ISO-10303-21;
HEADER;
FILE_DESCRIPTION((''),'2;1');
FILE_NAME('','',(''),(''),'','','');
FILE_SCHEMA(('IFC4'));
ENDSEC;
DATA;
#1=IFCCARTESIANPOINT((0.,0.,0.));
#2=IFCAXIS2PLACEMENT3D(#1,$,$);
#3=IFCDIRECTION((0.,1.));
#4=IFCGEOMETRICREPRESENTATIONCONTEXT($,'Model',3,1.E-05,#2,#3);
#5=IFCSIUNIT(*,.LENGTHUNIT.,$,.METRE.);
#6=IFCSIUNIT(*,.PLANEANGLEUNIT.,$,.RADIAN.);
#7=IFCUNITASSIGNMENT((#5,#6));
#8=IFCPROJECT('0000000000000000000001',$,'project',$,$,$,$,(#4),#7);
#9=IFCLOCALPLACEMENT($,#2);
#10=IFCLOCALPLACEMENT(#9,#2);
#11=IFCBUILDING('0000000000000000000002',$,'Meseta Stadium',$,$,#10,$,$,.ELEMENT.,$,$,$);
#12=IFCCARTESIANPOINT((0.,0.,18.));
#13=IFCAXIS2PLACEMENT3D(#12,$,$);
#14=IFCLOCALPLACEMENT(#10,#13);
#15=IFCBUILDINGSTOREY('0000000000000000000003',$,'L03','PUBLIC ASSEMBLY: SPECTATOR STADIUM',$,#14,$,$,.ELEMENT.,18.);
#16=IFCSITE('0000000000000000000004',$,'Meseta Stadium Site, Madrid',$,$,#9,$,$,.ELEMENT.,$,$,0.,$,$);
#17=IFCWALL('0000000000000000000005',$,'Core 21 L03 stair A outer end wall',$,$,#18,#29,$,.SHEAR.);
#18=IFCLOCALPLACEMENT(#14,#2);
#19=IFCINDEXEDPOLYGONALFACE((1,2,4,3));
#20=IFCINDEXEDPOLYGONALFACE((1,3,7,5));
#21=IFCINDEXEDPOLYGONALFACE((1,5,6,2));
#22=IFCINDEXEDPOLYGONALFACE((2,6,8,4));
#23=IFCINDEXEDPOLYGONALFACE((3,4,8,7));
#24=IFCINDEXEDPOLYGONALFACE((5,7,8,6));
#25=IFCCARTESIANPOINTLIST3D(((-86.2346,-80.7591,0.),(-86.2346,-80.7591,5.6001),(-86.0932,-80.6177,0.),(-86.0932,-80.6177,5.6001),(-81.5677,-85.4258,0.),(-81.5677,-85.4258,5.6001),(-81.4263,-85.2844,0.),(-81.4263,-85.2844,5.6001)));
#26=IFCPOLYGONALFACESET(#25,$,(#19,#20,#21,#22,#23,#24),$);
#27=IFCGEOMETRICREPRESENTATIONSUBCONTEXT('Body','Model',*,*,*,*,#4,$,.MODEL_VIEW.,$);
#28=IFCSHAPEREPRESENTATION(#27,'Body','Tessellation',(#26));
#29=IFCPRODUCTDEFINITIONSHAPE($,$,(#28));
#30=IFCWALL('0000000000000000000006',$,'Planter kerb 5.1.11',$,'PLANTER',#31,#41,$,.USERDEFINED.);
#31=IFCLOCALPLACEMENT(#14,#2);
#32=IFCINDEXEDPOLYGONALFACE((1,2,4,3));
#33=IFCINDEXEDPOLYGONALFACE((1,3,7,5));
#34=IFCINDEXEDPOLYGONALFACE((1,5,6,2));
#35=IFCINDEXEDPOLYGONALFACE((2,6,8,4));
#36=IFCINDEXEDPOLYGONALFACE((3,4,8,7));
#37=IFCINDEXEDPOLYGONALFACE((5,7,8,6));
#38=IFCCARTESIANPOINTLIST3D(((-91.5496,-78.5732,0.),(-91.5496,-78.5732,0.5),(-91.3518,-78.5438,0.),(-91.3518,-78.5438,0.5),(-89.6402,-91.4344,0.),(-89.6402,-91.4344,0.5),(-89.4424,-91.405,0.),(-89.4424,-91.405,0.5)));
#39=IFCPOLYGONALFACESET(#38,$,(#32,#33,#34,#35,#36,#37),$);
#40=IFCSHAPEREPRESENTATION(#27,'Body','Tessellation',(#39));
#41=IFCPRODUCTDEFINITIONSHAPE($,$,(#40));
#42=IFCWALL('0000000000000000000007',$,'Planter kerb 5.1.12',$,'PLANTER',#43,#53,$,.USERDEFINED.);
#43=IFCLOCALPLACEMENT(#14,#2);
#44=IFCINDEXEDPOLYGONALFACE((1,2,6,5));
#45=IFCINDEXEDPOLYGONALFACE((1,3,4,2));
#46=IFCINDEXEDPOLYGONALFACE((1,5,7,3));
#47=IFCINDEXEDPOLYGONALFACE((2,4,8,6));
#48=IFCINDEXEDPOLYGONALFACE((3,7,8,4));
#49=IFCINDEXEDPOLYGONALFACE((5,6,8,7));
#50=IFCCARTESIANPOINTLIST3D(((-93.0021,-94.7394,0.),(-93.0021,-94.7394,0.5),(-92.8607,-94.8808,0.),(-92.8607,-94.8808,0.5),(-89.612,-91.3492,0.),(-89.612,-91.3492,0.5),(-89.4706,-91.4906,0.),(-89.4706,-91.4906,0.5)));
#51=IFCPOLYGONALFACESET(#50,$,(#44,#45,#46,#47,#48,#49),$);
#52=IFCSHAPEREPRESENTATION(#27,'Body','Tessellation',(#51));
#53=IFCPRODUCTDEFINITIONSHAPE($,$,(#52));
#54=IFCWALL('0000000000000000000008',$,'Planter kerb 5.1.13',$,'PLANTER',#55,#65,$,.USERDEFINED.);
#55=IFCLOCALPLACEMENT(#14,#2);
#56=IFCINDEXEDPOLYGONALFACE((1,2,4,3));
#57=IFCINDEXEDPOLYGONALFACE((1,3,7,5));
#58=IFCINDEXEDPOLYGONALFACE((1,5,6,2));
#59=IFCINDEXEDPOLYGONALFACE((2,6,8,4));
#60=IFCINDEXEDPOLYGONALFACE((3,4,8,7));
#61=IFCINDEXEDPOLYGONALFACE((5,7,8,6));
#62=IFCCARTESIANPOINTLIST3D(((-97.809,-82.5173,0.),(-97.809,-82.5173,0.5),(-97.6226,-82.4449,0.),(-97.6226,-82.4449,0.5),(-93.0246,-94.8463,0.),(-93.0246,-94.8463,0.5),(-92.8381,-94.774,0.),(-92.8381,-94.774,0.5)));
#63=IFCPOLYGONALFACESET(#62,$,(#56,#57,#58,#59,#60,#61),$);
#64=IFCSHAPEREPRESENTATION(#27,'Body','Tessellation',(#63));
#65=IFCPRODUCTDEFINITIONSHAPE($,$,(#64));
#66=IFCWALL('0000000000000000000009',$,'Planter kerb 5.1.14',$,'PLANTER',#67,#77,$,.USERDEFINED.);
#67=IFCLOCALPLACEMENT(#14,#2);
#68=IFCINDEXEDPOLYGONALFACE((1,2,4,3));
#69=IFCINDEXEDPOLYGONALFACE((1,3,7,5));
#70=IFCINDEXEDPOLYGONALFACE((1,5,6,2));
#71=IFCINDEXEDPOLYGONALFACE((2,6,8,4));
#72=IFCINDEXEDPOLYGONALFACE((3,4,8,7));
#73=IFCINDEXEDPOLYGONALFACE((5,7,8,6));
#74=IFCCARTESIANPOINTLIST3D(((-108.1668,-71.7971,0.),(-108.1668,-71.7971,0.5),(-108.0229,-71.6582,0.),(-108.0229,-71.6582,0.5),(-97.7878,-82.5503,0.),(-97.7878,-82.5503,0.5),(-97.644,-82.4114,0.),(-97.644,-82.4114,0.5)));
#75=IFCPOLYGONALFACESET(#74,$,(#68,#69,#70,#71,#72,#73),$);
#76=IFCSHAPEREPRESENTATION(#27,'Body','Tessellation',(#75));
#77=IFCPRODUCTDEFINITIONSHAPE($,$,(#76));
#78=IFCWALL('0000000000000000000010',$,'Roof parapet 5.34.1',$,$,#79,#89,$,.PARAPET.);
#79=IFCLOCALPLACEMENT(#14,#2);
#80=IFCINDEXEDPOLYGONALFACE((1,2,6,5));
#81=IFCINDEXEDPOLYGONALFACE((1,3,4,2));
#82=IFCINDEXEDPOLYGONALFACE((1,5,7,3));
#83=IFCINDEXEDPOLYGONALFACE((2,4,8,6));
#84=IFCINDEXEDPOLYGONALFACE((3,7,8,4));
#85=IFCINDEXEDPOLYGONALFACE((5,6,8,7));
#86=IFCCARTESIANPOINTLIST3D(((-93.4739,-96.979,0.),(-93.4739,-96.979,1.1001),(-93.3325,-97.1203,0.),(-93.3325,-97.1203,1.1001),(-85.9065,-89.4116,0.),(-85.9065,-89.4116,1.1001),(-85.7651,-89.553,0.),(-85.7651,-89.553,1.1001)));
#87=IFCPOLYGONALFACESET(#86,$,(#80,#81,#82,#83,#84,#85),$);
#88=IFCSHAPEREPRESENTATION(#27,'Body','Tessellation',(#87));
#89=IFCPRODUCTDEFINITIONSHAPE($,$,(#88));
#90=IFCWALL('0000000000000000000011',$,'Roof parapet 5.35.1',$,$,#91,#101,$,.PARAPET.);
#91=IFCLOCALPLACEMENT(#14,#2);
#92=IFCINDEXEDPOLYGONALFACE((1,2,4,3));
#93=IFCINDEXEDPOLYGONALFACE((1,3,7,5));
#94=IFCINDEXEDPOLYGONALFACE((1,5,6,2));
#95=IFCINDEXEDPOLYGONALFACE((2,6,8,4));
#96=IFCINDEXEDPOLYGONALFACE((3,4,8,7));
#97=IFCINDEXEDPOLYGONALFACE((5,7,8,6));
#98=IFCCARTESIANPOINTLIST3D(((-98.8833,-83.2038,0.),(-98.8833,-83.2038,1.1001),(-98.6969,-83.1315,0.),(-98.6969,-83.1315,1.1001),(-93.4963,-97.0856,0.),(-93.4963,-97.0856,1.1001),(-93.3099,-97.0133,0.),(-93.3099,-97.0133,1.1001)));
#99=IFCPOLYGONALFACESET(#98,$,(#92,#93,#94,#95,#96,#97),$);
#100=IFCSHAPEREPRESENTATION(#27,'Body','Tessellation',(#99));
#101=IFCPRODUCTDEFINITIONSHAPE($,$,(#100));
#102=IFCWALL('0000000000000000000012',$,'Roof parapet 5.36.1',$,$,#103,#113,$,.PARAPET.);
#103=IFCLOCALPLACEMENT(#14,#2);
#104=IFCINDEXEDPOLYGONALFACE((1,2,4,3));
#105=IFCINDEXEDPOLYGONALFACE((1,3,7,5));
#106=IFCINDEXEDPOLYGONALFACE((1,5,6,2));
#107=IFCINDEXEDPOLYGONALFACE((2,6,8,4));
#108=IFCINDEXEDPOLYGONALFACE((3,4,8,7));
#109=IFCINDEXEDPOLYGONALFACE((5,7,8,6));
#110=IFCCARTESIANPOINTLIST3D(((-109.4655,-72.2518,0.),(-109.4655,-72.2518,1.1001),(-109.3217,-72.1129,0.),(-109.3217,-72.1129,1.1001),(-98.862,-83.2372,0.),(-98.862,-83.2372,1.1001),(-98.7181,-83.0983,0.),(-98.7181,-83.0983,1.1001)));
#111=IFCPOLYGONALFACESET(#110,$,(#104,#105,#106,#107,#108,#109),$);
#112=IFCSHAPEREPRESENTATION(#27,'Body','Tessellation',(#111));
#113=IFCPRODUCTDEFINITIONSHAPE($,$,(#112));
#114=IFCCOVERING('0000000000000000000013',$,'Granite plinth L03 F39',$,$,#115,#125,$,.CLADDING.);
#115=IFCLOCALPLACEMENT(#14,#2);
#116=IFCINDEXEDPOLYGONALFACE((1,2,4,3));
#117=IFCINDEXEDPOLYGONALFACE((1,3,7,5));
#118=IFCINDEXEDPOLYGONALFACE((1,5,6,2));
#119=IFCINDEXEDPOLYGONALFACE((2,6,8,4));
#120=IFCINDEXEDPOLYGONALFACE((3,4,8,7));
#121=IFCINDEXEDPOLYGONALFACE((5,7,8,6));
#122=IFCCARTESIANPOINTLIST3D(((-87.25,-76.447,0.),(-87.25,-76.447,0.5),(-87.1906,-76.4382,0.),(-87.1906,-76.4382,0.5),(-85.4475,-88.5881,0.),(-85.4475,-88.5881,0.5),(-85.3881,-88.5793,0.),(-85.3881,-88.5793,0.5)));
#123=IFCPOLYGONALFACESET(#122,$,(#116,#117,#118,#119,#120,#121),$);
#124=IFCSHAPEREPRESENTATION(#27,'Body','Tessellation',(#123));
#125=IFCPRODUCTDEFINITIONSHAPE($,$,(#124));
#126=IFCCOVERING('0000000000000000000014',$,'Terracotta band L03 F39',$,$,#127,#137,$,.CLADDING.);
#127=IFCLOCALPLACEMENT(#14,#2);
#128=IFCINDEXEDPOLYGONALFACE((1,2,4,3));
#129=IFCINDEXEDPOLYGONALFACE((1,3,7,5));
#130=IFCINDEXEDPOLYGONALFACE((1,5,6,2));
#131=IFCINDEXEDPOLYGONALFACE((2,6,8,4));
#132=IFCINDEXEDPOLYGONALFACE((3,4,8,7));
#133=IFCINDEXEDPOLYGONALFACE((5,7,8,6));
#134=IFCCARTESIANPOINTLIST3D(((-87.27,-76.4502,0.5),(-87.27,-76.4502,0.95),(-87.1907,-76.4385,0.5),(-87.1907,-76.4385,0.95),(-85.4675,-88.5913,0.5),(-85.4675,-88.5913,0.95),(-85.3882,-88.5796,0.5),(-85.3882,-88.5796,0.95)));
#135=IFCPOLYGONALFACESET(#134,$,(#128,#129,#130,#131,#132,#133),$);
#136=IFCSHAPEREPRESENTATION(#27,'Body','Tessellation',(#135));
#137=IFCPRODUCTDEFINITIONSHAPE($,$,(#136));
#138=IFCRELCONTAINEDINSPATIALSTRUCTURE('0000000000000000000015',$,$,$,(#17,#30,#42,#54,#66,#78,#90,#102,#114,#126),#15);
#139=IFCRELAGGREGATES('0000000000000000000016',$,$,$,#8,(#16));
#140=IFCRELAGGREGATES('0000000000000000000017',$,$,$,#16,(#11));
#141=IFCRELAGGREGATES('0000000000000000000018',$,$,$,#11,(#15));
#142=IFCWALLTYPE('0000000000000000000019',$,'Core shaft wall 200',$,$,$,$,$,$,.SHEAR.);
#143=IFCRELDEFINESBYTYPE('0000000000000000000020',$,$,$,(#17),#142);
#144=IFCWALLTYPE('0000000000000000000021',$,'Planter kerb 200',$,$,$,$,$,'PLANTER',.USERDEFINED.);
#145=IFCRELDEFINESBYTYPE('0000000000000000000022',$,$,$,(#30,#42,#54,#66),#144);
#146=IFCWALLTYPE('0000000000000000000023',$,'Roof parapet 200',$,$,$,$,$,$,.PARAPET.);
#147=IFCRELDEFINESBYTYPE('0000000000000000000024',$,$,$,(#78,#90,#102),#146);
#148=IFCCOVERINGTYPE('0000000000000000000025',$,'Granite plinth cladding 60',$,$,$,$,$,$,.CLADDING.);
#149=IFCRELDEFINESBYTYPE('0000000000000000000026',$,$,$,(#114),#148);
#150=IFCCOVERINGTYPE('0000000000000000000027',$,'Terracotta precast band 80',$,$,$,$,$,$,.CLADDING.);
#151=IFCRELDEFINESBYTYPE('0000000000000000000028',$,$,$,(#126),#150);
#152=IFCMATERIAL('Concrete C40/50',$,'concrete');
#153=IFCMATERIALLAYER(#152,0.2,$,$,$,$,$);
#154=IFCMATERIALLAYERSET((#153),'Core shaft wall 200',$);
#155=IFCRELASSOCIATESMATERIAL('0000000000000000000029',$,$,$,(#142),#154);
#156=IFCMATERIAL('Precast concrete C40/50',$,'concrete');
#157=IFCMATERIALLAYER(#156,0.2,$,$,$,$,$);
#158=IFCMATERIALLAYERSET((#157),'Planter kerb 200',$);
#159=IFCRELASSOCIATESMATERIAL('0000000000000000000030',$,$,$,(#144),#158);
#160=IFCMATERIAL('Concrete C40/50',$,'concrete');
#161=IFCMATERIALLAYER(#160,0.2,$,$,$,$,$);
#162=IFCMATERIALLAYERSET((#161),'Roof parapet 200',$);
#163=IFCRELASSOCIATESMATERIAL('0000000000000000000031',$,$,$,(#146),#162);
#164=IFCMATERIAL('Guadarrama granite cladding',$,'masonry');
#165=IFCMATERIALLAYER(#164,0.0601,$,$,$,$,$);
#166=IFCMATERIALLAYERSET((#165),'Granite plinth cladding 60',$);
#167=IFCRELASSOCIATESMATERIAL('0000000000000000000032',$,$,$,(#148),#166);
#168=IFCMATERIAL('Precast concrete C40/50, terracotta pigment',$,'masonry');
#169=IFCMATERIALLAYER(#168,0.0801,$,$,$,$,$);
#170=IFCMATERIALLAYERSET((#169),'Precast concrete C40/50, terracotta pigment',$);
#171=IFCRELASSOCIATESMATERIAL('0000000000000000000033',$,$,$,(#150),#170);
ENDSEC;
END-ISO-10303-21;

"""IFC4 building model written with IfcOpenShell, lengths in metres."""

from ifc_helpers import new_model, si_unit, direction, frame, frame_2d, origin, origin_2d, place, context, subcontext, project, spatial, rectangle, extrude, material, layer, layer_set, type_object, element, save


model = new_model("IFC4")

# Units and contexts
model_context = context("Model", 3, precision=1e-05, world=origin(), true_north=direction((0.0, 1.0)))
body_context = subcontext(model_context, "Body", "Model", "MODEL_VIEW")
ifc_project = project(units=[si_unit("LENGTHUNIT", "METRE"), si_unit("PLANEANGLEUNIT", "RADIAN")], contexts=[model_context])

# Site, building, storey
site_placement = place(None, origin())
site = spatial("IfcSite", under=ifc_project, at=site_placement, Name="Meseta Stadium Site, Madrid", CompositionType="ELEMENT", RefElevation=0.0)
building_placement = place(site_placement, origin())
building = spatial("IfcBuilding", under=site, at=building_placement, Name="Meseta Stadium", CompositionType="ELEMENT")
storey_placement = place(building_placement, frame((0.0, 0.0, 18.0)))
storey = spatial("IfcBuildingStorey", under=building, at=storey_placement, Name="L03", Description="PUBLIC ASSEMBLY: SPECTATOR STADIUM", CompositionType="ELEMENT", Elevation=18.0)

# Walls
ifc_material_1 = material(Name="Concrete C40/50", Category="concrete")
ifc_layer_1 = layer(ifc_material_1, 0.2)
ifc_layer_set_1 = layer_set([ifc_layer_1], Name="Core shaft wall 200")
wall_type_1 = type_object("IfcWallType", Name="Core shaft wall 200", PredefinedType="SHEAR", material=ifc_layer_set_1)
wall_1_placement = place(storey_placement, frame((-86.1638, -80.6885, 0.0), z_axis=(0.0, 0.0, 1.0), x_axis=(0.707125, -0.707088, 0.0)))
element("IfcWall", 1, at=wall_1_placement, inside=storey, type_object=wall_type_1, Name="Core 21 L03 stair A outer end wall", PredefinedType="SHEAR", context=body_context, shape_type="SweptSolid", body=[
    extrude(rectangle(XDim=6.5999, YDim=0.2, at=frame_2d((3.2998, 0.0))), origin(), (0.0, 0.0, 1.0), 5.6001),
])
ifc_material_2 = material(Name="Precast concrete C40/50", Category="concrete")
ifc_layer_2 = layer(ifc_material_2, 0.2)
ifc_layer_set_2 = layer_set([ifc_layer_2], Name="Planter kerb 200")
wall_type_2 = type_object("IfcWallType", Name="Planter kerb 200", ElementType="PLANTER", PredefinedType="USERDEFINED", material=ifc_layer_set_2)
wall_2_placement = place(storey_placement, frame((-91.4507, -78.5586, 0.0), z_axis=(0.0, 0.0, 1.0), x_axis=(0.146853, -0.989158, 0.0)))
element("IfcWall", 2, at=wall_2_placement, inside=storey, type_object=wall_type_2, Name="Planter kerb 5.1.11", ObjectType="PLANTER", PredefinedType="USERDEFINED", context=body_context, shape_type="SweptSolid", body=[
    extrude(rectangle(XDim=13.0022, YDim=0.2, at=frame_2d((6.501, 0.0))), origin(), (0.0, 0.0, 1.0), 0.5),
])
wall_3_placement = place(storey_placement, frame((-89.5413, -91.4199, 0.0), z_axis=(0.0, 0.0, 1.0), x_axis=(-0.707107, -0.707107, 0.0)))
element("IfcWall", 3, at=wall_3_placement, inside=storey, type_object=wall_type_2, Name="Planter kerb 5.1.12", ObjectType="PLANTER", PredefinedType="USERDEFINED", context=body_context, shape_type="SweptSolid", body=[
    extrude(rectangle(XDim=4.7944, YDim=0.2, at=frame_2d((2.3972, 0.0))), origin(), (0.0, 0.0, 1.0), 0.5),
])
wall_4_placement = place(storey_placement, frame((-92.9314, -94.8101, 0.0), z_axis=(0.0, 0.0, 1.0), x_axis=(-0.361774, 0.932266, 0.0)))
element("IfcWall", 4, at=wall_4_placement, inside=storey, type_object=wall_type_2, Name="Planter kerb 5.1.13", ObjectType="PLANTER", PredefinedType="USERDEFINED", context=body_context, shape_type="SweptSolid", body=[
    extrude(rectangle(XDim=13.2249, YDim=0.2, at=frame_2d((6.6123, 0.0))), origin(), (0.0, 0.0, 1.0), 0.5),
])
wall_5_placement = place(storey_placement, frame((-97.7158, -82.481, 0.0), z_axis=(0.0, 0.0, 1.0), x_axis=(-0.694474, 0.719517, 0.0)))
element("IfcWall", 5, at=wall_5_placement, inside=storey, type_object=wall_type_2, Name="Planter kerb 5.1.14", ObjectType="PLANTER", PredefinedType="USERDEFINED", context=body_context, shape_type="SweptSolid", body=[
    extrude(rectangle(XDim=14.9451, YDim=0.2, at=frame_2d((7.4727, 0.0))), origin(), (0.0, 0.0, 1.0), 0.5),
])
ifc_material_3 = material(Name="Concrete C40/50", Category="concrete")
ifc_layer_3 = layer(ifc_material_3, 0.2)
ifc_layer_set_3 = layer_set([ifc_layer_3], Name="Roof parapet 200")
wall_type_3 = type_object("IfcWallType", Name="Roof parapet 200", PredefinedType="PARAPET", material=ifc_layer_set_3)
wall_6_placement = place(storey_placement, frame((-85.8357, -89.4822, 0.0), z_axis=(0.0, 0.0, 1.0), x_axis=(-0.707107, -0.707107, 0.0)))
element("IfcWall", 6, at=wall_6_placement, inside=storey, type_object=wall_type_3, Name="Roof parapet 5.34.1", PredefinedType="PARAPET", context=body_context, shape_type="SweptSolid", body=[
    extrude(rectangle(XDim=10.7019, YDim=0.2, at=frame_2d((5.3511, 0.0))), origin(), (0.0, 0.0, 1.0), 1.1001),
])
wall_7_placement = place(storey_placement, frame((-93.4031, -97.0496, 0.0), z_axis=(0.0, 0.0, 1.0), x_axis=(-0.361774, 0.932266, 0.0)))
element("IfcWall", 7, at=wall_7_placement, inside=storey, type_object=wall_type_3, Name="Roof parapet 5.35.1", PredefinedType="PARAPET", context=body_context, shape_type="SweptSolid", body=[
    extrude(rectangle(XDim=14.8904, YDim=0.2, at=frame_2d((7.4453, 0.0))), origin(), (0.0, 0.0, 1.0), 1.1001),
])
wall_8_placement = place(storey_placement, frame((-98.79, -83.1677, 0.0), z_axis=(0.0, 0.0, 1.0), x_axis=(-0.694492, 0.719501, 0.0)))
element("IfcWall", 8, at=wall_8_placement, inside=storey, type_object=wall_type_3, Name="Roof parapet 5.36.1", PredefinedType="PARAPET", context=body_context, shape_type="SweptSolid", body=[
    extrude(rectangle(XDim=15.2681, YDim=0.2, at=frame_2d((7.634, 0.0))), origin(), (0.0, 0.0, 1.0), 1.1001),
])

# Coverings
ifc_material_4 = material(Name="Guadarrama granite cladding", Category="masonry")
ifc_layer_4 = layer(ifc_material_4, 0.0601)
ifc_layer_set_4 = layer_set([ifc_layer_4], Name="Granite plinth cladding 60")
covering_type_1 = type_object("IfcCoveringType", Name="Granite plinth cladding 60", PredefinedType="CLADDING", material=ifc_layer_set_4)
covering_1_placement = place(storey_placement, frame((-86.3191, -82.5132, 0.0), z_axis=(0.0, 0.0, 1.0), x_axis=(-0.146853, 0.989158, 0.0)))
element("IfcCovering", 9, at=covering_1_placement, inside=storey, type_object=covering_type_1, Name="Granite plinth L03 F39", PredefinedType="CLADDING", context=body_context, shape_type="SweptSolid", body=[
    extrude(rectangle(XDim=12.2742, YDim=0.0601, at=origin_2d()), origin(), (0.0, 0.0, 1.0), 0.5),
])
ifc_material_5 = material(Name="Precast concrete C40/50, terracotta pigment", Category="masonry")
ifc_layer_5 = layer(ifc_material_5, 0.0801)
ifc_layer_set_5 = layer_set([ifc_layer_5], Name="Precast concrete C40/50, terracotta pigment")
covering_type_2 = type_object("IfcCoveringType", Name="Terracotta precast band 80", PredefinedType="CLADDING", material=ifc_layer_set_5)
covering_2_placement = place(storey_placement, frame((-86.3291, -82.5149, 0.5), z_axis=(0.0, 0.0, 1.0), x_axis=(-0.146853, 0.989158, 0.0)))
element("IfcCovering", 10, at=covering_2_placement, inside=storey, type_object=covering_type_2, Name="Terracotta band L03 F39", PredefinedType="CLADDING", context=body_context, shape_type="SweptSolid", body=[
    extrude(rectangle(XDim=12.2742, YDim=0.0801, at=origin_2d()), origin(), (0.0, 0.0, 1.0), 0.45),
])

save(model, "model.ifc")
